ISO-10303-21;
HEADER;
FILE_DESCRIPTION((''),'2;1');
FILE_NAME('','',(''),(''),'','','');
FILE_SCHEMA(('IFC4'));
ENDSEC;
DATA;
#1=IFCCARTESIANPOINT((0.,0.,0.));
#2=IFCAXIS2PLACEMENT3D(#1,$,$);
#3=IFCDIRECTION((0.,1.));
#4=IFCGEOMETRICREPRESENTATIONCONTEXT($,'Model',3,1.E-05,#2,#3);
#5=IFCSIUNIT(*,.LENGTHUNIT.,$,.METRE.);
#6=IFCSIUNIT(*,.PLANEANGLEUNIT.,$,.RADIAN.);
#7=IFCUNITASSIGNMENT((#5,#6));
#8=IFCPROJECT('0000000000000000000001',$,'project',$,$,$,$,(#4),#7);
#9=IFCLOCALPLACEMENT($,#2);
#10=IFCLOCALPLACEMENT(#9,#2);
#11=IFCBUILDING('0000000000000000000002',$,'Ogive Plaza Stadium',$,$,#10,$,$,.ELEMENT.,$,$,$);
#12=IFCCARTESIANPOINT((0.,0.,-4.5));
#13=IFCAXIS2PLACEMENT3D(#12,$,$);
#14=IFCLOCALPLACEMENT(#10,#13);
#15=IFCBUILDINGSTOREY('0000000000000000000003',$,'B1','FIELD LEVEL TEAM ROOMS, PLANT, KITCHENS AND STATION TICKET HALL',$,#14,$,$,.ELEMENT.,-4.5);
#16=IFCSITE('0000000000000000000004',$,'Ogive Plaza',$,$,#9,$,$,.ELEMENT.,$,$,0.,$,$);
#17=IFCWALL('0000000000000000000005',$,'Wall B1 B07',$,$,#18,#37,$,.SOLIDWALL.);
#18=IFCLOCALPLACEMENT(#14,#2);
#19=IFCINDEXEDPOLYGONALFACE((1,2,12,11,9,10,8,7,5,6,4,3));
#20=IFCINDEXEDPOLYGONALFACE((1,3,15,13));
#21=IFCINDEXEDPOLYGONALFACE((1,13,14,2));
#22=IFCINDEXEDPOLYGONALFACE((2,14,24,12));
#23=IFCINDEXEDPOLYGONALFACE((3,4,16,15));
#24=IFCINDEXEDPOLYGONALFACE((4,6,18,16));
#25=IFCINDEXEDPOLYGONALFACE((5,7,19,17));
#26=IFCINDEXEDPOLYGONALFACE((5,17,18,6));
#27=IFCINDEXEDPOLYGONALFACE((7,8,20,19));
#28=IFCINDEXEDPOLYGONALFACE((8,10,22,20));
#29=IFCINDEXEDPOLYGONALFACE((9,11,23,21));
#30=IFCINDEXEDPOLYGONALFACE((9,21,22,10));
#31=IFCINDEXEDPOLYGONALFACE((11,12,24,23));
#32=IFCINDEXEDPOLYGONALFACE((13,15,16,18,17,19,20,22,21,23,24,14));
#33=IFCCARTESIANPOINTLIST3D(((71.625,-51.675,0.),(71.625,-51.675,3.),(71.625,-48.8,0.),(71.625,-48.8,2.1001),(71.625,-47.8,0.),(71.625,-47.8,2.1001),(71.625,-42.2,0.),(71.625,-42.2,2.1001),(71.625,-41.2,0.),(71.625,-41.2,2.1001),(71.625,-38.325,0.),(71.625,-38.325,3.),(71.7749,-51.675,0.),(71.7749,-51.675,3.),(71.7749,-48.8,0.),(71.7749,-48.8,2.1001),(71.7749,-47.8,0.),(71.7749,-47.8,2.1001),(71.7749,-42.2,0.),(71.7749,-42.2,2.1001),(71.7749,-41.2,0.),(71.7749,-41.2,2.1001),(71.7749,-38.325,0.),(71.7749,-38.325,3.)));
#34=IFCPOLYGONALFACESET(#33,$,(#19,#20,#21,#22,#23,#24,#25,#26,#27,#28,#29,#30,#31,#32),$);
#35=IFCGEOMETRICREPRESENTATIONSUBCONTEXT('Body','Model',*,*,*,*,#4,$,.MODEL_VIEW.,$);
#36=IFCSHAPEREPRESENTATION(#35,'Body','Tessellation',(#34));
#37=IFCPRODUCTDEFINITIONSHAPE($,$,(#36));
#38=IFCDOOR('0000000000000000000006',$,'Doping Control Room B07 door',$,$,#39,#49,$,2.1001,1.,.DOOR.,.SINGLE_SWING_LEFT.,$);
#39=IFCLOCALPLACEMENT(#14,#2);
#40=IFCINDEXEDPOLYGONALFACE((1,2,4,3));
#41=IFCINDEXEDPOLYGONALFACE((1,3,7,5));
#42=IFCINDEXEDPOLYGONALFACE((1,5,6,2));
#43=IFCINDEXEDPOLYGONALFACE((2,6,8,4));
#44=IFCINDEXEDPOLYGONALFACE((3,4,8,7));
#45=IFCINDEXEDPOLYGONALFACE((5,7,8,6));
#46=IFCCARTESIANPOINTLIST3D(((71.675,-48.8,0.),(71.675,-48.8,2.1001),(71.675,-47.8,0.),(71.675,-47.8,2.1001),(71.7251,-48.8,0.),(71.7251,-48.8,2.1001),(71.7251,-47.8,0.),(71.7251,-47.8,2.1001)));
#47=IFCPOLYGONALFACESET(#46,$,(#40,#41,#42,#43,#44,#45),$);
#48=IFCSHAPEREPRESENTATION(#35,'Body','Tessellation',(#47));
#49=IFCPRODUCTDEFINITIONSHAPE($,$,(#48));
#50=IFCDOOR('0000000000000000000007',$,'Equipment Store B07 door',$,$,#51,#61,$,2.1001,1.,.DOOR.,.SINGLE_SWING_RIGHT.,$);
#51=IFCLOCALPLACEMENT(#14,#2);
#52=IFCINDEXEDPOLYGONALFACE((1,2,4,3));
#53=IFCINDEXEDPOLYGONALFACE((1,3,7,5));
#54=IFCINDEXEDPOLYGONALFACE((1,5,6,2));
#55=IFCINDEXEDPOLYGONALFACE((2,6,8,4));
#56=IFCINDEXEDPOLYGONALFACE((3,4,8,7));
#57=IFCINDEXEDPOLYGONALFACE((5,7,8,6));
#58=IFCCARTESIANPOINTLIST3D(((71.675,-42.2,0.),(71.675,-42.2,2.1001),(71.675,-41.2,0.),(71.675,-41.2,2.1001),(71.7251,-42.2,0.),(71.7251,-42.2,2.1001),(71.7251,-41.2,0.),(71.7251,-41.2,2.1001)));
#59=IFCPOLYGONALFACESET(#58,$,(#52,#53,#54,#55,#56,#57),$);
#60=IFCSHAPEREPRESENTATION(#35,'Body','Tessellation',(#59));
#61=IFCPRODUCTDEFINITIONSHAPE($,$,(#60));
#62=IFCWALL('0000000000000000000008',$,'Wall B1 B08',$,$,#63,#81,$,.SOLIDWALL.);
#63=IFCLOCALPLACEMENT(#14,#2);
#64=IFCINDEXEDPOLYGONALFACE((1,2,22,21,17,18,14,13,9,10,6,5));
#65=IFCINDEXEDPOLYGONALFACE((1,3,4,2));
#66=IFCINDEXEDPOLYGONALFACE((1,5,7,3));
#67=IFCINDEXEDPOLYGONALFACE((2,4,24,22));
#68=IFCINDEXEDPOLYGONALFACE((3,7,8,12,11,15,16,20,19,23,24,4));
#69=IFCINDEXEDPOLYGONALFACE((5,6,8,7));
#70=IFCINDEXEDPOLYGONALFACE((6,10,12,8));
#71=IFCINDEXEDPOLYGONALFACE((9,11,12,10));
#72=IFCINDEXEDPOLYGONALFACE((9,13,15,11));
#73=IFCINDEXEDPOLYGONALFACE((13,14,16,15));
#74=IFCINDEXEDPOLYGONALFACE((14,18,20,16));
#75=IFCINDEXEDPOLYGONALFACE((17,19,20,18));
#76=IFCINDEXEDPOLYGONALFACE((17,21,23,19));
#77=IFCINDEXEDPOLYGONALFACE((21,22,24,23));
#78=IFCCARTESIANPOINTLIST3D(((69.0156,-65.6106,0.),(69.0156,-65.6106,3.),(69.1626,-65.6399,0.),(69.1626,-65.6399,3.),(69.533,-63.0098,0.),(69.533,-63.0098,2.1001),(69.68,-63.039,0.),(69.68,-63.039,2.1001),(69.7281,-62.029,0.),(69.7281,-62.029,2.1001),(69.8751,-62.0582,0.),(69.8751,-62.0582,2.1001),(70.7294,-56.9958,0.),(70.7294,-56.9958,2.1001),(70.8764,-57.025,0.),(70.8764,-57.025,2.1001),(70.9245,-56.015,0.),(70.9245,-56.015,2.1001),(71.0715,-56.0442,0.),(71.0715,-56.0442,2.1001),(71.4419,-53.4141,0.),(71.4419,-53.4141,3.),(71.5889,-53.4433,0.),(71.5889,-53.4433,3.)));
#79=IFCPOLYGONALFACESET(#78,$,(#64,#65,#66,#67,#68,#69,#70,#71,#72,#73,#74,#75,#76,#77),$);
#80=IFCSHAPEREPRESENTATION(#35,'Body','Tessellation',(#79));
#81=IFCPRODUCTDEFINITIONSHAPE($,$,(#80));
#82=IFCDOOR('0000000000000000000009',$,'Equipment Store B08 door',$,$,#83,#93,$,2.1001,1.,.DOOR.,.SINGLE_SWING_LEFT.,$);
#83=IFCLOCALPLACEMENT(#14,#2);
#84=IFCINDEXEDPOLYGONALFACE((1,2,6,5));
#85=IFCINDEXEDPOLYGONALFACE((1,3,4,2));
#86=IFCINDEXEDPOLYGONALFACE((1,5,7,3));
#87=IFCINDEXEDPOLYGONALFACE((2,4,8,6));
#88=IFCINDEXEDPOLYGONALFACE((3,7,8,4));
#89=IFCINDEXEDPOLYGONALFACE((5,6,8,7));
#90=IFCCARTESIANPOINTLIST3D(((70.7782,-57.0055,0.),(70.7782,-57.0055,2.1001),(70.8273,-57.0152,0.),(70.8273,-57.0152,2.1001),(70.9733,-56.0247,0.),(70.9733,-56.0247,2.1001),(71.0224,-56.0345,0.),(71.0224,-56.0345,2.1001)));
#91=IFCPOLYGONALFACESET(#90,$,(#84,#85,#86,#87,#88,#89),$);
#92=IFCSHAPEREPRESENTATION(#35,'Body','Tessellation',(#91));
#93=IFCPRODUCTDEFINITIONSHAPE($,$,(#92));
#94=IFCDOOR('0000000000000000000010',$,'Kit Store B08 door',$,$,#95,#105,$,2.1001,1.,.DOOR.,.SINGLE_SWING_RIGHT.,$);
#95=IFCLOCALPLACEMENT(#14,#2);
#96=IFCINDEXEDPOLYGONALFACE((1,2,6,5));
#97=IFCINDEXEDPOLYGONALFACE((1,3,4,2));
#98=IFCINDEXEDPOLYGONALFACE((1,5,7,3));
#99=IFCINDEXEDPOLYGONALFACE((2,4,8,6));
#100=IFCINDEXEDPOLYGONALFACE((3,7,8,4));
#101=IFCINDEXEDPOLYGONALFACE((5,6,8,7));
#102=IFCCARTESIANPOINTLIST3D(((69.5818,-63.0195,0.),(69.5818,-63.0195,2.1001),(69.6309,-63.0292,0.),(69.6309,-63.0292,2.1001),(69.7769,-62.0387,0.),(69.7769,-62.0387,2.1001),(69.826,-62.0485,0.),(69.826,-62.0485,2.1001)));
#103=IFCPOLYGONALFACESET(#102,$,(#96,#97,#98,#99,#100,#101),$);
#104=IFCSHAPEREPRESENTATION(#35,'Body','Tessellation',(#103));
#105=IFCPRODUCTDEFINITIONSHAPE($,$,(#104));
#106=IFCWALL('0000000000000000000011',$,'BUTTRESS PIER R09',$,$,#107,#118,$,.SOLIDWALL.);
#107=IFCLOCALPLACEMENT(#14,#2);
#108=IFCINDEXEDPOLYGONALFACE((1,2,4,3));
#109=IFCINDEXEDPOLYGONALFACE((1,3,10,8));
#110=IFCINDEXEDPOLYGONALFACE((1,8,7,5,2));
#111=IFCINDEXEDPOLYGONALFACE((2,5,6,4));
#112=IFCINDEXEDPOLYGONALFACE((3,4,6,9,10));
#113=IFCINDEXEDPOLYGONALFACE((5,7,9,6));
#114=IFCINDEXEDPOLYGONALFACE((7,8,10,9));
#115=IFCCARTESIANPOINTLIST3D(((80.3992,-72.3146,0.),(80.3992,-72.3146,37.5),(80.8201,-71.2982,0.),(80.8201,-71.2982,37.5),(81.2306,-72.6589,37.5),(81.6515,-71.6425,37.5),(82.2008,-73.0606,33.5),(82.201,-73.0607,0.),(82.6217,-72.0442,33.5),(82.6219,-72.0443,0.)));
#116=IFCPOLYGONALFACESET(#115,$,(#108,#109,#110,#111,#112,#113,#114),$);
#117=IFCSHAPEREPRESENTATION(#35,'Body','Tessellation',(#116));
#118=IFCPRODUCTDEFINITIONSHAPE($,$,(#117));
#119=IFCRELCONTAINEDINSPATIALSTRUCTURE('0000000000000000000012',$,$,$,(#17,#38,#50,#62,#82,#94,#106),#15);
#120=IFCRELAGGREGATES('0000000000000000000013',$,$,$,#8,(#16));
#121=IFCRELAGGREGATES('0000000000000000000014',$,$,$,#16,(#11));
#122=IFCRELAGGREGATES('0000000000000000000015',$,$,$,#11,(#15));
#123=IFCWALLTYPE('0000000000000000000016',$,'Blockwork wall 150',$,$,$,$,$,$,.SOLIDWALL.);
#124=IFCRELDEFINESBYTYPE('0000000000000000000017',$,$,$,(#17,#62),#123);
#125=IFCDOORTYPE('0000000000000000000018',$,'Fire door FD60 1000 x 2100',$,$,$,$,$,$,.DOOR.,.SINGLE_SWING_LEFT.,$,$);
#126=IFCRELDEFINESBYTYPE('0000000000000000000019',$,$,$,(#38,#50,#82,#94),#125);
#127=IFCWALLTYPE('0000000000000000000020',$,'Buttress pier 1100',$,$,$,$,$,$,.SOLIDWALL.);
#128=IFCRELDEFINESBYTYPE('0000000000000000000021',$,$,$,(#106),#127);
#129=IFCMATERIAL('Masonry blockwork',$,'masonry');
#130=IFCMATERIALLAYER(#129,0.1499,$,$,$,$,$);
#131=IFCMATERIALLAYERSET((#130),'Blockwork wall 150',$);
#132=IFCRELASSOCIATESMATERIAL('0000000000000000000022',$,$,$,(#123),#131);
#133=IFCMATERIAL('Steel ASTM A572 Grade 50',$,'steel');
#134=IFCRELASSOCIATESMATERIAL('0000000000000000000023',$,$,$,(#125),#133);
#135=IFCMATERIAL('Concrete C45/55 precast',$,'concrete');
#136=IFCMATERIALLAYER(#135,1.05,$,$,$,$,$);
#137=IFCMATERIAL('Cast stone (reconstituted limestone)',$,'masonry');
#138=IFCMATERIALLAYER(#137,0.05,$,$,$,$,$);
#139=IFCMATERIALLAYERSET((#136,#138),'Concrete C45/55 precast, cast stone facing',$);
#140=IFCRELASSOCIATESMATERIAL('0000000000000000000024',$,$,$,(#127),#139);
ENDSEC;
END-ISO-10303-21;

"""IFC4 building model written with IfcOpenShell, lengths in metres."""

from ifc_helpers import new_model, si_unit, direction, frame, frame_2d, origin, place, context, subcontext, project, spatial, polyline, rectangle, outline, extrude, material, layer, layer_set, type_object, element, fill, save


model = new_model("IFC4")

# Units and contexts
model_context = context("Model", 3, precision=1e-05, world=origin(), true_north=direction((0.0, 1.0)))
body_context = subcontext(model_context, "Body", "Model", "MODEL_VIEW")
ifc_project = project(units=[si_unit("LENGTHUNIT", "METRE"), si_unit("PLANEANGLEUNIT", "RADIAN")], contexts=[model_context])

# Site, building, storey
site_placement = place(None, origin())
site = spatial("IfcSite", under=ifc_project, at=site_placement, Name="Ogive Plaza", CompositionType="ELEMENT", RefElevation=0.0)
building_placement = place(site_placement, origin())
building = spatial("IfcBuilding", under=site, at=building_placement, Name="Ogive Plaza Stadium", CompositionType="ELEMENT")
storey_placement = place(building_placement, frame((0.0, 0.0, -4.5)))
storey = spatial("IfcBuildingStorey", under=building, at=storey_placement, Name="B1", Description="FIELD LEVEL TEAM ROOMS, PLANT, KITCHENS AND STATION TICKET HALL", CompositionType="ELEMENT", Elevation=-4.5)

# Walls, openings, doors
ifc_material_1 = material(Name="Masonry blockwork", Category="masonry")
ifc_layer_1 = layer(ifc_material_1, 0.1499)
ifc_layer_set_1 = layer_set([ifc_layer_1], Name="Blockwork wall 150")
wall_type_1 = type_object("IfcWallType", Name="Blockwork wall 150", PredefinedType="SOLIDWALL", material=ifc_layer_set_1)
wall_1_placement = place(storey_placement, frame((71.7, -51.675, 0.0), z_axis=(0.0, 0.0, 1.0), x_axis=(0.0, 1.0, 0.0)))
wall_1 = element("IfcWall", 1, at=wall_1_placement, inside=storey, type_object=wall_type_1, Name="Wall B1 B07", PredefinedType="SOLIDWALL", context=body_context, shape_type="SweptSolid", body=[
    extrude(rectangle(XDim=13.3501, YDim=0.1499, at=frame_2d((6.675, 0.0))), origin(), (0.0, 0.0, 1.0), 3.0),
])
opening_1_placement = place(wall_1_placement, frame((2.875, 0.0, 0.0)))
opening_1 = element("IfcOpeningElement", 2, at=opening_1_placement, cuts=wall_1, PredefinedType="OPENING", context=body_context, shape_type="SweptSolid", body=[
    extrude(rectangle(XDim=1.0, YDim=2.1001, at=frame_2d((0.5, 1.05))), frame((0.0, 0.075, 0.0), z_axis=(0.0, -1.0, 0.0), x_axis=(1.0, 0.0, 0.0)), (0.0, 0.0, 1.0), 0.1499),
])
opening_2_placement = place(wall_1_placement, frame((9.4751, 0.0, 0.0)))
opening_2 = element("IfcOpeningElement", 3, at=opening_2_placement, cuts=wall_1, PredefinedType="OPENING", context=body_context, shape_type="SweptSolid", body=[
    extrude(rectangle(XDim=1.0, YDim=2.1001, at=frame_2d((0.5, 1.05))), frame((0.0, 0.075, 0.0), z_axis=(0.0, -1.0, 0.0), x_axis=(1.0, 0.0, 0.0)), (0.0, 0.0, 1.0), 0.1499),
])
ifc_material_2 = material(Name="Steel ASTM A572 Grade 50", Category="steel")
door_type = type_object("IfcDoorType", Name="Fire door FD60 1000 x 2100", OperationType="SINGLE_SWING_LEFT", PredefinedType="DOOR", material=ifc_material_2)
door_1_placement = place(opening_1_placement, origin())
door_1 = element("IfcDoor", 4, at=door_1_placement, inside=storey, type_object=door_type, Name="Doping Control Room B07 door", OperationType="SINGLE_SWING_LEFT", OverallHeight=2.1001, OverallWidth=1.0, PredefinedType="DOOR", context=body_context, shape_type="SweptSolid", body=[
    extrude(rectangle(XDim=1.0, YDim=2.1001, at=frame_2d((0.5, 1.05))), frame((0.0, 0.0249, 0.0), z_axis=(0.0, -1.0, 0.0), x_axis=(1.0, 0.0, 0.0)), (0.0, 0.0, 1.0), 0.05),
])
fill(opening_1, door_1)
door_2_placement = place(opening_2_placement, origin())
door_2 = element("IfcDoor", 5, at=door_2_placement, inside=storey, type_object=door_type, Name="Equipment Store B07 door", OperationType="SINGLE_SWING_RIGHT", OverallHeight=2.1001, OverallWidth=1.0, PredefinedType="DOOR", context=body_context, shape_type="SweptSolid", body=[
    extrude(rectangle(XDim=1.0, YDim=2.1001, at=frame_2d((0.5, 1.05))), frame((0.0, 0.0249, 0.0), z_axis=(0.0, -1.0, 0.0), x_axis=(1.0, 0.0, 0.0)), (0.0, 0.0, 1.0), 0.05),
])
fill(opening_2, door_2)
wall_2_placement = place(storey_placement, frame((71.5154, -53.4287, 0.0), z_axis=(0.0, 0.0, 1.0), x_axis=(-0.195108, -0.980782, 0.0)))
wall_2 = element("IfcWall", 6, at=wall_2_placement, inside=storey, type_object=wall_type_1, Name="Wall B1 B08", PredefinedType="SOLIDWALL", context=body_context, shape_type="SweptSolid", body=[
    extrude(rectangle(XDim=12.4355, YDim=0.1499, at=frame_2d((6.2178, 0.0))), origin(), (0.0, 0.0, 1.0), 3.0),
])
opening_3_placement = place(wall_2_placement, frame((2.6519, 0.0, 0.0)))
opening_3 = element("IfcOpeningElement", 7, at=opening_3_placement, cuts=wall_2, PredefinedType="OPENING", context=body_context, shape_type="SweptSolid", body=[
    extrude(rectangle(XDim=1.0, YDim=2.1001, at=frame_2d((0.5, 1.05))), frame((0.0, 0.075, 0.0), z_axis=(0.0, -1.0, 0.0), x_axis=(1.0, 0.0, 0.0)), (0.0, 0.0, 1.0), 0.1499),
])
opening_4_placement = place(wall_2_placement, frame((8.7837, 0.0, 0.0)))
opening_4 = element("IfcOpeningElement", 8, at=opening_4_placement, cuts=wall_2, PredefinedType="OPENING", context=body_context, shape_type="SweptSolid", body=[
    extrude(rectangle(XDim=1.0, YDim=2.1001, at=frame_2d((0.5, 1.05))), frame((0.0, 0.075, 0.0), z_axis=(0.0, -1.0, 0.0), x_axis=(1.0, 0.0, 0.0)), (0.0, 0.0, 1.0), 0.1499),
])
door_3_placement = place(opening_3_placement, origin())
door_3 = element("IfcDoor", 9, at=door_3_placement, inside=storey, type_object=door_type, Name="Equipment Store B08 door", OperationType="SINGLE_SWING_LEFT", OverallHeight=2.1001, OverallWidth=1.0, PredefinedType="DOOR", context=body_context, shape_type="SweptSolid", body=[
    extrude(rectangle(XDim=1.0, YDim=2.1001, at=frame_2d((0.5, 1.05))), frame((0.0, 0.0249, 0.0), z_axis=(0.0, -1.0, 0.0), x_axis=(1.0, 0.0, 0.0)), (0.0, 0.0, 1.0), 0.05),
])
fill(opening_3, door_3)
door_4_placement = place(opening_4_placement, origin())
door_4 = element("IfcDoor", 10, at=door_4_placement, inside=storey, type_object=door_type, Name="Kit Store B08 door", OperationType="SINGLE_SWING_RIGHT", OverallHeight=2.1001, OverallWidth=1.0, PredefinedType="DOOR", context=body_context, shape_type="SweptSolid", body=[
    extrude(rectangle(XDim=1.0, YDim=2.1001, at=frame_2d((0.5, 1.05))), frame((0.0, 0.0249, 0.0), z_axis=(0.0, -1.0, 0.0), x_axis=(1.0, 0.0, 0.0)), (0.0, 0.0, 1.0), 0.05),
])
fill(opening_4, door_4)

# Wall
ifc_material_3 = material(Name="Concrete C45/55 precast", Category="concrete")
ifc_layer_2 = layer(ifc_material_3, 1.05)
ifc_material_4 = material(Name="Cast stone (reconstituted limestone)", Category="masonry")
ifc_layer_3 = layer(ifc_material_4, 0.05)
ifc_layer_set_2 = layer_set([ifc_layer_2, ifc_layer_3], Name="Concrete C45/55 precast, cast stone facing")
wall_type_2 = type_object("IfcWallType", Name="Buttress pier 1100", PredefinedType="SOLIDWALL", material=ifc_layer_set_2)
wall_3_placement = place(storey_placement, frame((80.6096, -71.8064, 0.0), z_axis=(0.0, 0.0, 1.0), x_axis=(0.923919, -0.382588, 0.0)))
element("IfcWall", 11, at=wall_3_placement, inside=storey, type_object=wall_type_2, Name="BUTTRESS PIER R09", PredefinedType="SOLIDWALL", context=body_context, shape_type="SweptSolid", body=[
    extrude(outline(polyline([(0.0, 0.0), (1.9502, 0.0), (1.95, 33.5), (0.8999, 37.5), (0.0, 37.5), (0.0, 0.0)])), frame((0.0, 0.55, 0.0), z_axis=(0.0, -1.0, 0.0), x_axis=(1.0, 0.0, 0.0)), (0.0, 0.0, 1.0), 1.1001),
])

save(model, "model.ifc")
